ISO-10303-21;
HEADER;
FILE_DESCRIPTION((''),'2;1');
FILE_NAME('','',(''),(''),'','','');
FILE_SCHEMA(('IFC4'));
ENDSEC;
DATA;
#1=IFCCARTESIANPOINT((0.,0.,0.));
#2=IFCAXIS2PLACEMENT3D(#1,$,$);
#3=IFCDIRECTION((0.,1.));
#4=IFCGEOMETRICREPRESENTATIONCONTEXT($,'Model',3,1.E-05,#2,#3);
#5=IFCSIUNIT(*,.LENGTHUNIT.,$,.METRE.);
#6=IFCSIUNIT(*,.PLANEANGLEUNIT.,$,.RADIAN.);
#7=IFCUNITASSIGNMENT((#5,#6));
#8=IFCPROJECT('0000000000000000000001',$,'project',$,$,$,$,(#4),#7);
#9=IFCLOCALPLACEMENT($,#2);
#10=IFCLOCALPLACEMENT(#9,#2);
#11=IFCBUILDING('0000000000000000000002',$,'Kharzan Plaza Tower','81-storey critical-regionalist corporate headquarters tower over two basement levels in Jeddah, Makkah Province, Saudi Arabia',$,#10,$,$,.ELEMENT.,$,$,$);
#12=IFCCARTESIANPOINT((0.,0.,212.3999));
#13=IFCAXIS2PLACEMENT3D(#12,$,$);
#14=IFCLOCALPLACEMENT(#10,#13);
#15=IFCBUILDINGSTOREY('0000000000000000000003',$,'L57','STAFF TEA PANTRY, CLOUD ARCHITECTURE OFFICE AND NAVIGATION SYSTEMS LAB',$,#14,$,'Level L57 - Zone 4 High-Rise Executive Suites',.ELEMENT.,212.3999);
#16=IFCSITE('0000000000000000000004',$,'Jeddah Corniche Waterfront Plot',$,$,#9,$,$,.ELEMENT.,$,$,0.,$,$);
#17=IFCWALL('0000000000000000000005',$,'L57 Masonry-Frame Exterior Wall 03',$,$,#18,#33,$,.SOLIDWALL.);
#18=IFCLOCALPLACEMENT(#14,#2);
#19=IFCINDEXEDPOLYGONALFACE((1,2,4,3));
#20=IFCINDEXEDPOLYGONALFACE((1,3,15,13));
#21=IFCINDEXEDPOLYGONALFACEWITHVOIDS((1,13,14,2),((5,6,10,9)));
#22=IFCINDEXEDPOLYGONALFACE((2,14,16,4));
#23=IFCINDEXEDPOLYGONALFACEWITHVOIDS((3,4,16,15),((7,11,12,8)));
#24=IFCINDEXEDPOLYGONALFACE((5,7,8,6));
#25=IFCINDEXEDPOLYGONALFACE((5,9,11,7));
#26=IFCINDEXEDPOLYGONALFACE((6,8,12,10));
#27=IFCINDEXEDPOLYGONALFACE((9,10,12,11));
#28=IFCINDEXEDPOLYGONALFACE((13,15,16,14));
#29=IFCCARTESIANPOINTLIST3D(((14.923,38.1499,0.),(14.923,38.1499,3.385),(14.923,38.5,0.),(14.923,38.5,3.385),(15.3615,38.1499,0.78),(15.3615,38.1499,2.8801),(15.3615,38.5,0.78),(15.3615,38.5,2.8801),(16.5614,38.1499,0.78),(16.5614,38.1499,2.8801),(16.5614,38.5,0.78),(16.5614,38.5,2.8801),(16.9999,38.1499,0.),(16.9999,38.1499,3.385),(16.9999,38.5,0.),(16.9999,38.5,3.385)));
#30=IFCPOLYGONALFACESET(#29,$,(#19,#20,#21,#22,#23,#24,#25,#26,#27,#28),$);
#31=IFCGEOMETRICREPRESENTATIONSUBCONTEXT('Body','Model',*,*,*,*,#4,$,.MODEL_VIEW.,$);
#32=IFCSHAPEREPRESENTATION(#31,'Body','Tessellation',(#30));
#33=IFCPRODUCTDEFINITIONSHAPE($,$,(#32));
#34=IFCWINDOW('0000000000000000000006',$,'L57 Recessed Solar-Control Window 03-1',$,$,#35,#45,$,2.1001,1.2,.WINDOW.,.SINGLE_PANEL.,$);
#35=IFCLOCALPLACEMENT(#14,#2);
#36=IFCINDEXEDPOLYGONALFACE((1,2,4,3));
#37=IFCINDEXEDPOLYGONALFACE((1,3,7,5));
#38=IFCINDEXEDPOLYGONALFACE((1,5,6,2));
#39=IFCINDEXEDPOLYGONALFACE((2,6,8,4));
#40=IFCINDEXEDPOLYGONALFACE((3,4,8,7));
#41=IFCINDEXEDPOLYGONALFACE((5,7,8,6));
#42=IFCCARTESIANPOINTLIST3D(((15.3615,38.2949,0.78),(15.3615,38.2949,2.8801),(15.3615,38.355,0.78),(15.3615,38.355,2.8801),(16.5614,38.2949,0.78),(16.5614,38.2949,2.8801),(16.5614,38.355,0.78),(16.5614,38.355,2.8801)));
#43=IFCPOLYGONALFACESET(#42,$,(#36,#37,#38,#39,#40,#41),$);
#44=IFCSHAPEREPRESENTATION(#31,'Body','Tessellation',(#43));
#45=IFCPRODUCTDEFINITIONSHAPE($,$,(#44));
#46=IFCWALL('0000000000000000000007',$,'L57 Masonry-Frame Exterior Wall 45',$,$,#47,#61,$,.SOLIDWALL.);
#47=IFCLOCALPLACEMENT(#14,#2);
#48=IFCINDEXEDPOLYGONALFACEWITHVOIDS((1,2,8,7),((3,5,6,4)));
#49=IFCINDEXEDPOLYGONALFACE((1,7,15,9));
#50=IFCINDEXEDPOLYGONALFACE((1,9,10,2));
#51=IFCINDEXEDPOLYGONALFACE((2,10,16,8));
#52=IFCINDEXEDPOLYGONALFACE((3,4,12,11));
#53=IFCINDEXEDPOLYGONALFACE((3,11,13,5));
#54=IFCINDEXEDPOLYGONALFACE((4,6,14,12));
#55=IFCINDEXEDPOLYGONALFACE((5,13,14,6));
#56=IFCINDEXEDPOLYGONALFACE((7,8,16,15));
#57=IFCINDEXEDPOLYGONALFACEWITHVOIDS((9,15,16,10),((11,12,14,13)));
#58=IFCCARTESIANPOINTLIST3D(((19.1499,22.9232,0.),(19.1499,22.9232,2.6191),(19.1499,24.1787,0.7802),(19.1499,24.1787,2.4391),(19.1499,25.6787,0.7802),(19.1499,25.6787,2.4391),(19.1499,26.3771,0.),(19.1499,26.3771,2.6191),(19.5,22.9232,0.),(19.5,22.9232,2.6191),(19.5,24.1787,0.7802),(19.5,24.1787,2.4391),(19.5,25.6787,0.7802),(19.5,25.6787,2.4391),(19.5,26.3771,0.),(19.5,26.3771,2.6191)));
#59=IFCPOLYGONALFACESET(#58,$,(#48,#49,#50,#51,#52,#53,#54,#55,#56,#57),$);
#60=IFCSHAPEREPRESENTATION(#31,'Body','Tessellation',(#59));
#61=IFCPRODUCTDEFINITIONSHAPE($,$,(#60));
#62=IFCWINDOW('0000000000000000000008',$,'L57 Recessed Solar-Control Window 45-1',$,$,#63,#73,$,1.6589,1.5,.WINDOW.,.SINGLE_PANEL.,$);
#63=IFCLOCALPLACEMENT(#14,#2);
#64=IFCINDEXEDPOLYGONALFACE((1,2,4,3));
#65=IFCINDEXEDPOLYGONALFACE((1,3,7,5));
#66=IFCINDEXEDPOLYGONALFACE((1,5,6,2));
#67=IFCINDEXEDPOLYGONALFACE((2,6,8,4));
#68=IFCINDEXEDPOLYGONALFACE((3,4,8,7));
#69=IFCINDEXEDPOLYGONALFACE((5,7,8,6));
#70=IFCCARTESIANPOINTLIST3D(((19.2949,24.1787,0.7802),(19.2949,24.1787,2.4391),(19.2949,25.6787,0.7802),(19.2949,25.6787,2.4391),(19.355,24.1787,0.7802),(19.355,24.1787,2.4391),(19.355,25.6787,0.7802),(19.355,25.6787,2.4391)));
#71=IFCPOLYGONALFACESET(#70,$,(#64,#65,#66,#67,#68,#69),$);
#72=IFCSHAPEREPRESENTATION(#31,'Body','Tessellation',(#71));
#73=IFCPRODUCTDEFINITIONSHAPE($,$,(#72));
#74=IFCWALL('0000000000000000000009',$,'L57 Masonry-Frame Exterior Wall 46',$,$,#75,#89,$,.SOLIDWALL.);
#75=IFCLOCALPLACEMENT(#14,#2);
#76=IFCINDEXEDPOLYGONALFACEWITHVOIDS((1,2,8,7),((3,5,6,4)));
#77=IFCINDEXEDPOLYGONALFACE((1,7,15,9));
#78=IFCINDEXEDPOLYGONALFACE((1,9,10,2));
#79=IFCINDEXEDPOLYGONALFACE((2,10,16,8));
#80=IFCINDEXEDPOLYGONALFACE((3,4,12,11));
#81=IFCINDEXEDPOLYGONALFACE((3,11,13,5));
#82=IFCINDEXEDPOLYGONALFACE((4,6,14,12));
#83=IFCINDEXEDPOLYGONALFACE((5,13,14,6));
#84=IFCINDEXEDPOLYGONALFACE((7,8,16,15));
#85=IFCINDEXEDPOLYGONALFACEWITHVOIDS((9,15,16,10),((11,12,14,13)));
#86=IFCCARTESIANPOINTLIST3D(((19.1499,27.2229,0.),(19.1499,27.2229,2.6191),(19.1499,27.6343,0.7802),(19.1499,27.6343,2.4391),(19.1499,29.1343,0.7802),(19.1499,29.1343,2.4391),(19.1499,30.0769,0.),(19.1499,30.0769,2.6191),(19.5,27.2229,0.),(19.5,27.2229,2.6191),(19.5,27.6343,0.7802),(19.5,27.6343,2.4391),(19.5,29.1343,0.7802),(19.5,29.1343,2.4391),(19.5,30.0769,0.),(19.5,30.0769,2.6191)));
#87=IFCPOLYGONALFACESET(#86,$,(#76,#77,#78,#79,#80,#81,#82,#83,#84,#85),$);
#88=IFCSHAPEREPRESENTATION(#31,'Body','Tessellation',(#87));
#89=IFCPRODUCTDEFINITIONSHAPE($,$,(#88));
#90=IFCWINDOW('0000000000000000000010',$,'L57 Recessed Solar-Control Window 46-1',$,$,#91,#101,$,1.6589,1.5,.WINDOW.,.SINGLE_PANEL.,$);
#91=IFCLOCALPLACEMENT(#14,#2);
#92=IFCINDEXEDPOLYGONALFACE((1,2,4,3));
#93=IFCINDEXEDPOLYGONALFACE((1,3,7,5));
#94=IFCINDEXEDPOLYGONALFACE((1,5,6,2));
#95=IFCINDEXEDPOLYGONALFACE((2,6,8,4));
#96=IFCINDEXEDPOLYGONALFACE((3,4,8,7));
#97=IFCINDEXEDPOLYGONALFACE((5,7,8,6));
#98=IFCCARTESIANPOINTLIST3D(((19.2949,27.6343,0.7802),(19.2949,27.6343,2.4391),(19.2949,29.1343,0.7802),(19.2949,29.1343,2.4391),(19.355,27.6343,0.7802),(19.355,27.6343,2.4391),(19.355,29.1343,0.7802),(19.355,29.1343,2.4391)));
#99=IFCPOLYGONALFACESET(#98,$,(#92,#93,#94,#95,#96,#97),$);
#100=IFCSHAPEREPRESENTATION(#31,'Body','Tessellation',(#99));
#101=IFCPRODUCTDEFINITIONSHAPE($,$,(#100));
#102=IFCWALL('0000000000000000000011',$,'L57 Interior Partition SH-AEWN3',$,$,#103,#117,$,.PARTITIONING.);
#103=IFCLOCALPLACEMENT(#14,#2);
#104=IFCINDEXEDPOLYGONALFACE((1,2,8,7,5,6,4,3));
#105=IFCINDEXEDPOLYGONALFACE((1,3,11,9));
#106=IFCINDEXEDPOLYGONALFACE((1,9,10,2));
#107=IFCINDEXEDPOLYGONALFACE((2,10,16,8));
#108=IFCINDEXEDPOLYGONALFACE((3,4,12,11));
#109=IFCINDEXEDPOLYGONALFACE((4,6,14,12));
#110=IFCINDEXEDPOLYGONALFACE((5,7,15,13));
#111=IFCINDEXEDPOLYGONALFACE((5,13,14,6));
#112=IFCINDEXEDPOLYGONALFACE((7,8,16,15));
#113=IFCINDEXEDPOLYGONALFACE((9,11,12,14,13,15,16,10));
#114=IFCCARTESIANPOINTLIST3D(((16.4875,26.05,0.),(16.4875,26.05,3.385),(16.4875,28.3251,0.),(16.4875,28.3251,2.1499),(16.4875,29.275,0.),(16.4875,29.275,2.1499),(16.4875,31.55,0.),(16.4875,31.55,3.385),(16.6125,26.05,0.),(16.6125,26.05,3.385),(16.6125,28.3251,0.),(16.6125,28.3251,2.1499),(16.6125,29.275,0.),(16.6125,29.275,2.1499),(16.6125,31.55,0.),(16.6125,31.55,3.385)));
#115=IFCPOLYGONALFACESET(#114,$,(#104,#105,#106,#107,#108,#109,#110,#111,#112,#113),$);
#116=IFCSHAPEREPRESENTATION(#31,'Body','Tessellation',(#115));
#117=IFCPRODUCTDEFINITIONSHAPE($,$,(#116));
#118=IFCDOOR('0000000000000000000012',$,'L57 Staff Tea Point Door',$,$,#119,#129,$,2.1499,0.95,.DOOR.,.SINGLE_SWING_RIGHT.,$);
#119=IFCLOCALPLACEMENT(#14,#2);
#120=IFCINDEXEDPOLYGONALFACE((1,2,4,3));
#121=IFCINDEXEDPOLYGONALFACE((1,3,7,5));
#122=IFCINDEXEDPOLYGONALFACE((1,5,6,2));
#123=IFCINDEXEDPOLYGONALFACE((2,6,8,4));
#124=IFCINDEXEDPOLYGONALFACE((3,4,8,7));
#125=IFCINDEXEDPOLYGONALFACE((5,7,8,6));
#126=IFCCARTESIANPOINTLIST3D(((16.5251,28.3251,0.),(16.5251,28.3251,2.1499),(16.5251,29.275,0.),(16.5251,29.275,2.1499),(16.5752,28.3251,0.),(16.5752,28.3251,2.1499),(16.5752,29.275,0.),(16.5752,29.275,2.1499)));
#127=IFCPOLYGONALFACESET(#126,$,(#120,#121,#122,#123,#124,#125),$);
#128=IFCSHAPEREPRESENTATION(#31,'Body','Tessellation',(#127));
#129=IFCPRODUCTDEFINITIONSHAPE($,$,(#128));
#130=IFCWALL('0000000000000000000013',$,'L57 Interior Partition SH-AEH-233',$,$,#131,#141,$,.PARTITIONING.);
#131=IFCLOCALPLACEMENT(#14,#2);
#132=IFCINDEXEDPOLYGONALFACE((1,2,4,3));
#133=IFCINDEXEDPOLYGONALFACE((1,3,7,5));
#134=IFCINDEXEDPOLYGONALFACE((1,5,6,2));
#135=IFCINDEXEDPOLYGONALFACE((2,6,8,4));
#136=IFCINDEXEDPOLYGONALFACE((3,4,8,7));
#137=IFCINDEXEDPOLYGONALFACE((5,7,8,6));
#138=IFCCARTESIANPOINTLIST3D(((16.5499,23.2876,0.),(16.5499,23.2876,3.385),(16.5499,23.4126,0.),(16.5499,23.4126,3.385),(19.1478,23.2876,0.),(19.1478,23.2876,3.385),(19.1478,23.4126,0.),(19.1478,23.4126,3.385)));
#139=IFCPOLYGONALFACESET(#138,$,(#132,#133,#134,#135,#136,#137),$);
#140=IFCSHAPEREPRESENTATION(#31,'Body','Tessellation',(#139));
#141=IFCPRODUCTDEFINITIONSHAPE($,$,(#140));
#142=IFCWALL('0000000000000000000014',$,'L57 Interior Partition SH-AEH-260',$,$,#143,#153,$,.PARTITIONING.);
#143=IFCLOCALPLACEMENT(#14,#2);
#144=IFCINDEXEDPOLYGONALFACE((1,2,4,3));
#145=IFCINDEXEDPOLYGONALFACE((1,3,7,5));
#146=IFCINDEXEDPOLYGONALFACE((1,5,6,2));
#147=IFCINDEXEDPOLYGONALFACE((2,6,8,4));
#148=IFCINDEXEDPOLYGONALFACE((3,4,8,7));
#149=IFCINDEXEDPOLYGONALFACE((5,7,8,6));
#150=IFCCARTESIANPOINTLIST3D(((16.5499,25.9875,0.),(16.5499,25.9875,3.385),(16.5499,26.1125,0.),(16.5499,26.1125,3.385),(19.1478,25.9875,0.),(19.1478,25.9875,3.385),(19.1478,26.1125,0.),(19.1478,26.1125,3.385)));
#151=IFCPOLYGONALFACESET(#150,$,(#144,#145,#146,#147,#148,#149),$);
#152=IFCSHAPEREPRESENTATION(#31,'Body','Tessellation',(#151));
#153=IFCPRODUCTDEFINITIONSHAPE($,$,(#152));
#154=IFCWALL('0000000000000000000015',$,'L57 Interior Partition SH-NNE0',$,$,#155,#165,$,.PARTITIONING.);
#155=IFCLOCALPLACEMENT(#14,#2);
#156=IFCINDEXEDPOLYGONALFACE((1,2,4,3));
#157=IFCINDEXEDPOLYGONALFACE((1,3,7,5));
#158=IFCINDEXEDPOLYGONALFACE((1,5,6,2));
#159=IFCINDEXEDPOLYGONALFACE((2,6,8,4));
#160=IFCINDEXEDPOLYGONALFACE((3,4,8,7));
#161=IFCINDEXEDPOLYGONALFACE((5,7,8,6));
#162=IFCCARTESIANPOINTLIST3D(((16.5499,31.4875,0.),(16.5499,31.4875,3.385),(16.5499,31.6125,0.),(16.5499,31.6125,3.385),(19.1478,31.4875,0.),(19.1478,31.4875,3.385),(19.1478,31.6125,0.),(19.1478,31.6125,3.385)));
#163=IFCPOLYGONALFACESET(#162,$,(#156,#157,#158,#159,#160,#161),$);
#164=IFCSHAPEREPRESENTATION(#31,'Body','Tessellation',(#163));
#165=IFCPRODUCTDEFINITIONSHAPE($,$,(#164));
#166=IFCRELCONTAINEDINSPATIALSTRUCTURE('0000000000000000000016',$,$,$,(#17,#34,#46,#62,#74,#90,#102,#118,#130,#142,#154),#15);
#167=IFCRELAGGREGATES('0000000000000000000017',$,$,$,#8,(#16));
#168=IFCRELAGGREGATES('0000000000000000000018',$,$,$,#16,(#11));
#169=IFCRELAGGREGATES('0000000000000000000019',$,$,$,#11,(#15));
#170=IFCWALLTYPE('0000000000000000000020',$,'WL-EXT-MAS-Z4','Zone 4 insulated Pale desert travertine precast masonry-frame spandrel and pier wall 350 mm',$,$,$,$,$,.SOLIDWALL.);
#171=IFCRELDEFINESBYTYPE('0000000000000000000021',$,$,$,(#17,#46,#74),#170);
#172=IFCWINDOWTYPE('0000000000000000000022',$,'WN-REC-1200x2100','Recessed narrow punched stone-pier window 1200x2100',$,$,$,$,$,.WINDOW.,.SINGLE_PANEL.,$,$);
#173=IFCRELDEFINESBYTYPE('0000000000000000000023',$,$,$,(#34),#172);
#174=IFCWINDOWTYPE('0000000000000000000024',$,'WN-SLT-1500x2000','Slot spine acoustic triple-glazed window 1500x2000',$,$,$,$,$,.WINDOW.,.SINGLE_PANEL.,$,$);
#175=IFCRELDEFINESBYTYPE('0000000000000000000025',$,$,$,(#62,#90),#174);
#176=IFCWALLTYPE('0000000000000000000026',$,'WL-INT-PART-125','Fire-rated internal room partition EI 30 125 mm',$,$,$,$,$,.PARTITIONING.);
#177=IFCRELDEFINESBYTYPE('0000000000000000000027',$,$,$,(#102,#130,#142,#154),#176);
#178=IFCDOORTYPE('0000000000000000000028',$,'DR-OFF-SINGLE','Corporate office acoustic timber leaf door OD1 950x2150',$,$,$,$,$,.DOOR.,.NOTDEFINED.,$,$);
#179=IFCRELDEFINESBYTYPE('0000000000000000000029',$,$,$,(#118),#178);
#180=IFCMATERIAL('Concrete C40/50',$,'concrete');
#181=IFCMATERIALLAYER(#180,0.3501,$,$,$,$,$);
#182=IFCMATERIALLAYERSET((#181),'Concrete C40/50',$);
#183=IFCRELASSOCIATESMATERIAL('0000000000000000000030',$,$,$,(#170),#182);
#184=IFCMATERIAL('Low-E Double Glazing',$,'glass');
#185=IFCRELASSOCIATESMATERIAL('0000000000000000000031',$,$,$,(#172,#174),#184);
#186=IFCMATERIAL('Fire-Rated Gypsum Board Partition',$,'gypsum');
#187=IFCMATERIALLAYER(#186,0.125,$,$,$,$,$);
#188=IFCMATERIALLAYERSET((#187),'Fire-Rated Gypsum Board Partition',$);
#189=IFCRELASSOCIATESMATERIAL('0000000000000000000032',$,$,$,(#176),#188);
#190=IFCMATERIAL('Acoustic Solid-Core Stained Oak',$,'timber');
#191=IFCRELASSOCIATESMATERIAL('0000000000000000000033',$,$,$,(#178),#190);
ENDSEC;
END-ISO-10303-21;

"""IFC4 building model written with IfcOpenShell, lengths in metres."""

from ifc_helpers import new_model, si_unit, direction, frame, frame_2d, origin, place, context, subcontext, project, spatial, rectangle, extrude, source, transform, mapped, material, layer, layer_set, type_object, element, fill, save


model = new_model("IFC4")

# Units and contexts
model_context = context("Model", 3, precision=1e-05, world=origin(), true_north=direction((0.0, 1.0)))
body_context = subcontext(model_context, "Body", "Model", "MODEL_VIEW")
ifc_project = project(units=[si_unit("LENGTHUNIT", "METRE"), si_unit("PLANEANGLEUNIT", "RADIAN")], contexts=[model_context])

# Site, building, storey
site_placement = place(None, origin())
site = spatial("IfcSite", under=ifc_project, at=site_placement, Name="Jeddah Corniche Waterfront Plot", CompositionType="ELEMENT", RefElevation=0.0)
building_placement = place(site_placement, origin())
building = spatial("IfcBuilding", under=site, at=building_placement, Name="Kharzan Plaza Tower", Description="81-storey critical-regionalist corporate headquarters tower over two basement levels in Jeddah, Makkah Province, Saudi Arabia", CompositionType="ELEMENT")
storey_placement = place(building_placement, frame((0.0, 0.0, 212.3999)))
storey = spatial("IfcBuildingStorey", under=building, at=storey_placement, Name="L57", Description="STAFF TEA PANTRY, CLOUD ARCHITECTURE OFFICE AND NAVIGATION SYSTEMS LAB", LongName="Level L57 - Zone 4 High-Rise Executive Suites", CompositionType="ELEMENT", Elevation=212.3999)

# Walls, openings, windows
ifc_material_1 = material(Name="Concrete C40/50", Category="concrete")
ifc_layer_1 = layer(ifc_material_1, 0.3501)
ifc_layer_set_1 = layer_set([ifc_layer_1], Name="Concrete C40/50")
wall_type_1 = type_object("IfcWallType", Name="WL-EXT-MAS-Z4", Description="Zone 4 insulated Pale desert travertine precast masonry-frame spandrel and pier wall 350 mm", PredefinedType="SOLIDWALL", material=ifc_layer_set_1)
ifc_material_2 = material(Name="Low-E Double Glazing", Category="glass")
window_type_1 = type_object("IfcWindowType", Name="WN-REC-1200x2100", Description="Recessed narrow punched stone-pier window 1200x2100", PartitioningType="SINGLE_PANEL", PredefinedType="WINDOW", material=ifc_material_2)
shared_shape_1 = source(origin(), body_context, "Body", "SweptSolid", [
    extrude(rectangle(XDim=1.2, YDim=2.1001, at=frame_2d((0.6001, 1.05))), frame((0.0, 0.03, 0.0), z_axis=(0.0, -1.0, 0.0), x_axis=(1.0, 0.0, 0.0)), (0.0, 0.0, 1.0), 0.0601),
])
wall_1_placement = place(storey_placement, frame((17.0, 38.325, 0.0), z_axis=(0.0, 0.0, 1.0), x_axis=(-1.0, 0.0, 0.0)))
wall_1 = element("IfcWall", 1, at=wall_1_placement, inside=storey, type_object=wall_type_1, Name="L57 Masonry-Frame Exterior Wall 03", PredefinedType="SOLIDWALL", context=body_context, shape_type="SweptSolid", body=[
    extrude(rectangle(XDim=2.0769, YDim=0.3501, at=frame_2d((1.0386, 0.0))), origin(), (0.0, 0.0, 1.0), 3.385),
])
opening_1_placement = place(wall_1_placement, frame((0.4385, 0.0, 0.78)))
opening_1 = element("IfcOpeningElement", 2, at=opening_1_placement, cuts=wall_1, PredefinedType="OPENING", context=body_context, shape_type="SweptSolid", body=[
    extrude(rectangle(XDim=1.2, YDim=2.1001, at=frame_2d((0.6001, 1.05))), frame((0.0, 0.1851, 0.0), z_axis=(0.0, -1.0, 0.0), x_axis=(1.0, 0.0, 0.0)), (0.0, 0.0, 1.0), 0.3701),
])
window_1_placement = place(opening_1_placement, origin())
window_1 = element("IfcWindow", 3, at=window_1_placement, inside=storey, type_object=window_type_1, Name="L57 Recessed Solar-Control Window 03-1", OverallHeight=2.1001, OverallWidth=1.2, PartitioningType="SINGLE_PANEL", PredefinedType="WINDOW", context=body_context, shape_type="MappedRepresentation", body=[
    mapped(shared_shape_1, transform((0.0, 0.0, 0.0), x_axis=(1.0, 0.0, 0.0), y_axis=(0.0, 1.0, 0.0), z_axis=(0.0, 0.0, 1.0))),
])
fill(opening_1, window_1)
wall_2_placement = place(storey_placement, frame((19.325, 22.9231, 0.0), z_axis=(0.0, 0.0, 1.0), x_axis=(0.0, 1.0, 0.0)))
wall_2 = element("IfcWall", 4, at=wall_2_placement, inside=storey, type_object=wall_type_1, Name="L57 Masonry-Frame Exterior Wall 45", PredefinedType="SOLIDWALL", context=body_context, shape_type="SweptSolid", body=[
    extrude(rectangle(XDim=3.4539, YDim=0.3501, at=frame_2d((1.7271, 0.0))), origin(), (0.0, 0.0, 1.0), 2.6191),
])
opening_2_placement = place(wall_2_placement, frame((1.2556, 0.0, 0.78)))
opening_2 = element("IfcOpeningElement", 5, at=opening_2_placement, cuts=wall_2, PredefinedType="OPENING", context=body_context, shape_type="SweptSolid", body=[
    extrude(rectangle(XDim=1.5, YDim=1.6589, at=frame_2d((0.75, 0.8296))), frame((0.0, 0.1851, 0.0), z_axis=(0.0, -1.0, 0.0), x_axis=(1.0, 0.0, 0.0)), (0.0, 0.0, 1.0), 0.3701),
])
window_type_2 = type_object("IfcWindowType", Name="WN-SLT-1500x2000", Description="Slot spine acoustic triple-glazed window 1500x2000", PartitioningType="SINGLE_PANEL", PredefinedType="WINDOW", material=ifc_material_2)
shared_shape_2 = source(origin(), body_context, "Body", "SweptSolid", [
    extrude(rectangle(XDim=1.5, YDim=1.6589, at=frame_2d((0.75, 0.8296))), frame((0.0, 0.03, 0.0), z_axis=(0.0, -1.0, 0.0), x_axis=(1.0, 0.0, 0.0)), (0.0, 0.0, 1.0), 0.0601),
])
window_2_placement = place(opening_2_placement, origin())
window_2 = element("IfcWindow", 6, at=window_2_placement, inside=storey, type_object=window_type_2, Name="L57 Recessed Solar-Control Window 45-1", OverallHeight=1.6589, OverallWidth=1.5, PartitioningType="SINGLE_PANEL", PredefinedType="WINDOW", context=body_context, shape_type="MappedRepresentation", body=[
    mapped(shared_shape_2, transform((0.0, 0.0, 0.0), x_axis=(1.0, 0.0, 0.0), y_axis=(0.0, 1.0, 0.0), z_axis=(0.0, 0.0, 1.0))),
])
fill(opening_2, window_2)
wall_3_placement = place(storey_placement, frame((19.325, 27.2229, 0.0), z_axis=(0.0, 0.0, 1.0), x_axis=(0.0, 1.0, 0.0)))
wall_3 = element("IfcWall", 7, at=wall_3_placement, inside=storey, type_object=wall_type_1, Name="L57 Masonry-Frame Exterior Wall 46", PredefinedType="SOLIDWALL", context=body_context, shape_type="SweptSolid", body=[
    extrude(rectangle(XDim=2.854, YDim=0.3501, at=frame_2d((1.427, 0.0))), origin(), (0.0, 0.0, 1.0), 2.6191),
])
opening_3_placement = place(wall_3_placement, frame((0.4114, 0.0, 0.78)))
opening_3 = element("IfcOpeningElement", 8, at=opening_3_placement, cuts=wall_3, PredefinedType="OPENING", context=body_context, shape_type="SweptSolid", body=[
    extrude(rectangle(XDim=1.5, YDim=1.6589, at=frame_2d((0.75, 0.8296))), frame((0.0, 0.1851, 0.0), z_axis=(0.0, -1.0, 0.0), x_axis=(1.0, 0.0, 0.0)), (0.0, 0.0, 1.0), 0.3701),
])
window_3_placement = place(opening_3_placement, origin())
window_3 = element("IfcWindow", 9, at=window_3_placement, inside=storey, type_object=window_type_2, Name="L57 Recessed Solar-Control Window 46-1", OverallHeight=1.6589, OverallWidth=1.5, PartitioningType="SINGLE_PANEL", PredefinedType="WINDOW", context=body_context, shape_type="MappedRepresentation", body=[
    mapped(shared_shape_2, transform((0.0, 0.0, 0.0), x_axis=(1.0, 0.0, 0.0), y_axis=(0.0, 1.0, 0.0), z_axis=(0.0, 0.0, 1.0))),
])
fill(opening_3, window_3)

# Wall, opening, door
ifc_material_3 = material(Name="Fire-Rated Gypsum Board Partition", Category="gypsum")
ifc_layer_2 = layer(ifc_material_3, 0.125)
ifc_layer_set_2 = layer_set([ifc_layer_2], Name="Fire-Rated Gypsum Board Partition")
wall_type_2 = type_object("IfcWallType", Name="WL-INT-PART-125", Description="Fire-rated internal room partition EI 30 125 mm", PredefinedType="PARTITIONING", material=ifc_layer_set_2)
wall_4_placement = place(storey_placement, frame((16.55, 26.05, 0.0), z_axis=(0.0, 0.0, 1.0), x_axis=(0.0, 1.0, 0.0)))
wall_4 = element("IfcWall", 10, at=wall_4_placement, inside=storey, type_object=wall_type_2, Name="L57 Interior Partition SH-AEWN3", PredefinedType="PARTITIONING", context=body_context, shape_type="SweptSolid", body=[
    extrude(rectangle(XDim=5.5, YDim=0.125, at=frame_2d((2.75, 0.0))), origin(), (0.0, 0.0, 1.0), 3.385),
])
opening_4_placement = place(wall_4_placement, frame((2.2749, 0.0, 0.0)))
opening_4 = element("IfcOpeningElement", 11, at=opening_4_placement, cuts=wall_4, PredefinedType="OPENING", context=body_context, shape_type="SweptSolid", body=[
    extrude(rectangle(XDim=0.95, YDim=2.1499, at=frame_2d((0.4751, 1.075))), frame((0.0, 0.0725, 0.0), z_axis=(0.0, -1.0, 0.0), x_axis=(1.0, 0.0, 0.0)), (0.0, 0.0, 1.0), 0.145),
])
ifc_material_4 = material(Name="Acoustic Solid-Core Stained Oak", Category="timber")
door_type_1 = type_object("IfcDoorType", Name="DR-OFF-SINGLE", Description="Corporate office acoustic timber leaf door OD1 950x2150", OperationType="NOTDEFINED", PredefinedType="DOOR", material=ifc_material_4)
shared_shape_3 = source(origin(), body_context, "Body", "SweptSolid", [
    extrude(rectangle(XDim=0.95, YDim=2.1499, at=frame_2d((0.4751, 1.075))), frame((0.0, 0.0249, 0.0), z_axis=(0.0, -1.0, 0.0), x_axis=(1.0, 0.0, 0.0)), (0.0, 0.0, 1.0), 0.05),
])
door_1_placement = place(opening_4_placement, origin())
door_1 = element("IfcDoor", 12, at=door_1_placement, inside=storey, type_object=door_type_1, Name="L57 Staff Tea Point Door", OperationType="SINGLE_SWING_RIGHT", OverallHeight=2.1499, OverallWidth=0.95, PredefinedType="DOOR", context=body_context, shape_type="MappedRepresentation", body=[
    mapped(shared_shape_3, transform((0.0, 0.0, 0.0), x_axis=(1.0, 0.0, 0.0), y_axis=(0.0, 1.0, 0.0), z_axis=(0.0, 0.0, 1.0))),
])
fill(opening_4, door_1)

# Walls
shared_shape_4 = source(origin(), body_context, "Body", "SweptSolid", [
    extrude(rectangle(XDim=2.5979, YDim=0.125, at=frame_2d((1.2988, 0.0))), origin(), (0.0, 0.0, 1.0), 3.385),
])
for number, where, z_axis, x_axis, name in (
    (13, (16.55, 23.3501, 0.0), (0.0, 0.0, 1.0), (1.0, 0.0, 0.0), "L57 Interior Partition SH-AEH-233"),
    (14, (16.55, 26.05, 0.0), (0.0, 0.0, 1.0), (1.0, 0.0, 0.0), "L57 Interior Partition SH-AEH-260"),
    (15, (16.55, 31.55, 0.0), (0.0, 0.0, 1.0), (1.0, 0.0, 0.0), "L57 Interior Partition SH-NNE0"),
):
    element("IfcWall", number, at=place(storey_placement, frame(where, z_axis=z_axis, x_axis=x_axis)), inside=storey, type_object=wall_type_2, Name=name, PredefinedType="PARTITIONING", context=body_context, shape_type="MappedRepresentation", body=[
        mapped(shared_shape_4, transform((0.0, 0.0, 0.0), x_axis=(1.0, 0.0, 0.0), y_axis=(0.0, 1.0, 0.0), z_axis=(0.0, 0.0, 1.0))),
    ])

save(model, "model.ifc")
